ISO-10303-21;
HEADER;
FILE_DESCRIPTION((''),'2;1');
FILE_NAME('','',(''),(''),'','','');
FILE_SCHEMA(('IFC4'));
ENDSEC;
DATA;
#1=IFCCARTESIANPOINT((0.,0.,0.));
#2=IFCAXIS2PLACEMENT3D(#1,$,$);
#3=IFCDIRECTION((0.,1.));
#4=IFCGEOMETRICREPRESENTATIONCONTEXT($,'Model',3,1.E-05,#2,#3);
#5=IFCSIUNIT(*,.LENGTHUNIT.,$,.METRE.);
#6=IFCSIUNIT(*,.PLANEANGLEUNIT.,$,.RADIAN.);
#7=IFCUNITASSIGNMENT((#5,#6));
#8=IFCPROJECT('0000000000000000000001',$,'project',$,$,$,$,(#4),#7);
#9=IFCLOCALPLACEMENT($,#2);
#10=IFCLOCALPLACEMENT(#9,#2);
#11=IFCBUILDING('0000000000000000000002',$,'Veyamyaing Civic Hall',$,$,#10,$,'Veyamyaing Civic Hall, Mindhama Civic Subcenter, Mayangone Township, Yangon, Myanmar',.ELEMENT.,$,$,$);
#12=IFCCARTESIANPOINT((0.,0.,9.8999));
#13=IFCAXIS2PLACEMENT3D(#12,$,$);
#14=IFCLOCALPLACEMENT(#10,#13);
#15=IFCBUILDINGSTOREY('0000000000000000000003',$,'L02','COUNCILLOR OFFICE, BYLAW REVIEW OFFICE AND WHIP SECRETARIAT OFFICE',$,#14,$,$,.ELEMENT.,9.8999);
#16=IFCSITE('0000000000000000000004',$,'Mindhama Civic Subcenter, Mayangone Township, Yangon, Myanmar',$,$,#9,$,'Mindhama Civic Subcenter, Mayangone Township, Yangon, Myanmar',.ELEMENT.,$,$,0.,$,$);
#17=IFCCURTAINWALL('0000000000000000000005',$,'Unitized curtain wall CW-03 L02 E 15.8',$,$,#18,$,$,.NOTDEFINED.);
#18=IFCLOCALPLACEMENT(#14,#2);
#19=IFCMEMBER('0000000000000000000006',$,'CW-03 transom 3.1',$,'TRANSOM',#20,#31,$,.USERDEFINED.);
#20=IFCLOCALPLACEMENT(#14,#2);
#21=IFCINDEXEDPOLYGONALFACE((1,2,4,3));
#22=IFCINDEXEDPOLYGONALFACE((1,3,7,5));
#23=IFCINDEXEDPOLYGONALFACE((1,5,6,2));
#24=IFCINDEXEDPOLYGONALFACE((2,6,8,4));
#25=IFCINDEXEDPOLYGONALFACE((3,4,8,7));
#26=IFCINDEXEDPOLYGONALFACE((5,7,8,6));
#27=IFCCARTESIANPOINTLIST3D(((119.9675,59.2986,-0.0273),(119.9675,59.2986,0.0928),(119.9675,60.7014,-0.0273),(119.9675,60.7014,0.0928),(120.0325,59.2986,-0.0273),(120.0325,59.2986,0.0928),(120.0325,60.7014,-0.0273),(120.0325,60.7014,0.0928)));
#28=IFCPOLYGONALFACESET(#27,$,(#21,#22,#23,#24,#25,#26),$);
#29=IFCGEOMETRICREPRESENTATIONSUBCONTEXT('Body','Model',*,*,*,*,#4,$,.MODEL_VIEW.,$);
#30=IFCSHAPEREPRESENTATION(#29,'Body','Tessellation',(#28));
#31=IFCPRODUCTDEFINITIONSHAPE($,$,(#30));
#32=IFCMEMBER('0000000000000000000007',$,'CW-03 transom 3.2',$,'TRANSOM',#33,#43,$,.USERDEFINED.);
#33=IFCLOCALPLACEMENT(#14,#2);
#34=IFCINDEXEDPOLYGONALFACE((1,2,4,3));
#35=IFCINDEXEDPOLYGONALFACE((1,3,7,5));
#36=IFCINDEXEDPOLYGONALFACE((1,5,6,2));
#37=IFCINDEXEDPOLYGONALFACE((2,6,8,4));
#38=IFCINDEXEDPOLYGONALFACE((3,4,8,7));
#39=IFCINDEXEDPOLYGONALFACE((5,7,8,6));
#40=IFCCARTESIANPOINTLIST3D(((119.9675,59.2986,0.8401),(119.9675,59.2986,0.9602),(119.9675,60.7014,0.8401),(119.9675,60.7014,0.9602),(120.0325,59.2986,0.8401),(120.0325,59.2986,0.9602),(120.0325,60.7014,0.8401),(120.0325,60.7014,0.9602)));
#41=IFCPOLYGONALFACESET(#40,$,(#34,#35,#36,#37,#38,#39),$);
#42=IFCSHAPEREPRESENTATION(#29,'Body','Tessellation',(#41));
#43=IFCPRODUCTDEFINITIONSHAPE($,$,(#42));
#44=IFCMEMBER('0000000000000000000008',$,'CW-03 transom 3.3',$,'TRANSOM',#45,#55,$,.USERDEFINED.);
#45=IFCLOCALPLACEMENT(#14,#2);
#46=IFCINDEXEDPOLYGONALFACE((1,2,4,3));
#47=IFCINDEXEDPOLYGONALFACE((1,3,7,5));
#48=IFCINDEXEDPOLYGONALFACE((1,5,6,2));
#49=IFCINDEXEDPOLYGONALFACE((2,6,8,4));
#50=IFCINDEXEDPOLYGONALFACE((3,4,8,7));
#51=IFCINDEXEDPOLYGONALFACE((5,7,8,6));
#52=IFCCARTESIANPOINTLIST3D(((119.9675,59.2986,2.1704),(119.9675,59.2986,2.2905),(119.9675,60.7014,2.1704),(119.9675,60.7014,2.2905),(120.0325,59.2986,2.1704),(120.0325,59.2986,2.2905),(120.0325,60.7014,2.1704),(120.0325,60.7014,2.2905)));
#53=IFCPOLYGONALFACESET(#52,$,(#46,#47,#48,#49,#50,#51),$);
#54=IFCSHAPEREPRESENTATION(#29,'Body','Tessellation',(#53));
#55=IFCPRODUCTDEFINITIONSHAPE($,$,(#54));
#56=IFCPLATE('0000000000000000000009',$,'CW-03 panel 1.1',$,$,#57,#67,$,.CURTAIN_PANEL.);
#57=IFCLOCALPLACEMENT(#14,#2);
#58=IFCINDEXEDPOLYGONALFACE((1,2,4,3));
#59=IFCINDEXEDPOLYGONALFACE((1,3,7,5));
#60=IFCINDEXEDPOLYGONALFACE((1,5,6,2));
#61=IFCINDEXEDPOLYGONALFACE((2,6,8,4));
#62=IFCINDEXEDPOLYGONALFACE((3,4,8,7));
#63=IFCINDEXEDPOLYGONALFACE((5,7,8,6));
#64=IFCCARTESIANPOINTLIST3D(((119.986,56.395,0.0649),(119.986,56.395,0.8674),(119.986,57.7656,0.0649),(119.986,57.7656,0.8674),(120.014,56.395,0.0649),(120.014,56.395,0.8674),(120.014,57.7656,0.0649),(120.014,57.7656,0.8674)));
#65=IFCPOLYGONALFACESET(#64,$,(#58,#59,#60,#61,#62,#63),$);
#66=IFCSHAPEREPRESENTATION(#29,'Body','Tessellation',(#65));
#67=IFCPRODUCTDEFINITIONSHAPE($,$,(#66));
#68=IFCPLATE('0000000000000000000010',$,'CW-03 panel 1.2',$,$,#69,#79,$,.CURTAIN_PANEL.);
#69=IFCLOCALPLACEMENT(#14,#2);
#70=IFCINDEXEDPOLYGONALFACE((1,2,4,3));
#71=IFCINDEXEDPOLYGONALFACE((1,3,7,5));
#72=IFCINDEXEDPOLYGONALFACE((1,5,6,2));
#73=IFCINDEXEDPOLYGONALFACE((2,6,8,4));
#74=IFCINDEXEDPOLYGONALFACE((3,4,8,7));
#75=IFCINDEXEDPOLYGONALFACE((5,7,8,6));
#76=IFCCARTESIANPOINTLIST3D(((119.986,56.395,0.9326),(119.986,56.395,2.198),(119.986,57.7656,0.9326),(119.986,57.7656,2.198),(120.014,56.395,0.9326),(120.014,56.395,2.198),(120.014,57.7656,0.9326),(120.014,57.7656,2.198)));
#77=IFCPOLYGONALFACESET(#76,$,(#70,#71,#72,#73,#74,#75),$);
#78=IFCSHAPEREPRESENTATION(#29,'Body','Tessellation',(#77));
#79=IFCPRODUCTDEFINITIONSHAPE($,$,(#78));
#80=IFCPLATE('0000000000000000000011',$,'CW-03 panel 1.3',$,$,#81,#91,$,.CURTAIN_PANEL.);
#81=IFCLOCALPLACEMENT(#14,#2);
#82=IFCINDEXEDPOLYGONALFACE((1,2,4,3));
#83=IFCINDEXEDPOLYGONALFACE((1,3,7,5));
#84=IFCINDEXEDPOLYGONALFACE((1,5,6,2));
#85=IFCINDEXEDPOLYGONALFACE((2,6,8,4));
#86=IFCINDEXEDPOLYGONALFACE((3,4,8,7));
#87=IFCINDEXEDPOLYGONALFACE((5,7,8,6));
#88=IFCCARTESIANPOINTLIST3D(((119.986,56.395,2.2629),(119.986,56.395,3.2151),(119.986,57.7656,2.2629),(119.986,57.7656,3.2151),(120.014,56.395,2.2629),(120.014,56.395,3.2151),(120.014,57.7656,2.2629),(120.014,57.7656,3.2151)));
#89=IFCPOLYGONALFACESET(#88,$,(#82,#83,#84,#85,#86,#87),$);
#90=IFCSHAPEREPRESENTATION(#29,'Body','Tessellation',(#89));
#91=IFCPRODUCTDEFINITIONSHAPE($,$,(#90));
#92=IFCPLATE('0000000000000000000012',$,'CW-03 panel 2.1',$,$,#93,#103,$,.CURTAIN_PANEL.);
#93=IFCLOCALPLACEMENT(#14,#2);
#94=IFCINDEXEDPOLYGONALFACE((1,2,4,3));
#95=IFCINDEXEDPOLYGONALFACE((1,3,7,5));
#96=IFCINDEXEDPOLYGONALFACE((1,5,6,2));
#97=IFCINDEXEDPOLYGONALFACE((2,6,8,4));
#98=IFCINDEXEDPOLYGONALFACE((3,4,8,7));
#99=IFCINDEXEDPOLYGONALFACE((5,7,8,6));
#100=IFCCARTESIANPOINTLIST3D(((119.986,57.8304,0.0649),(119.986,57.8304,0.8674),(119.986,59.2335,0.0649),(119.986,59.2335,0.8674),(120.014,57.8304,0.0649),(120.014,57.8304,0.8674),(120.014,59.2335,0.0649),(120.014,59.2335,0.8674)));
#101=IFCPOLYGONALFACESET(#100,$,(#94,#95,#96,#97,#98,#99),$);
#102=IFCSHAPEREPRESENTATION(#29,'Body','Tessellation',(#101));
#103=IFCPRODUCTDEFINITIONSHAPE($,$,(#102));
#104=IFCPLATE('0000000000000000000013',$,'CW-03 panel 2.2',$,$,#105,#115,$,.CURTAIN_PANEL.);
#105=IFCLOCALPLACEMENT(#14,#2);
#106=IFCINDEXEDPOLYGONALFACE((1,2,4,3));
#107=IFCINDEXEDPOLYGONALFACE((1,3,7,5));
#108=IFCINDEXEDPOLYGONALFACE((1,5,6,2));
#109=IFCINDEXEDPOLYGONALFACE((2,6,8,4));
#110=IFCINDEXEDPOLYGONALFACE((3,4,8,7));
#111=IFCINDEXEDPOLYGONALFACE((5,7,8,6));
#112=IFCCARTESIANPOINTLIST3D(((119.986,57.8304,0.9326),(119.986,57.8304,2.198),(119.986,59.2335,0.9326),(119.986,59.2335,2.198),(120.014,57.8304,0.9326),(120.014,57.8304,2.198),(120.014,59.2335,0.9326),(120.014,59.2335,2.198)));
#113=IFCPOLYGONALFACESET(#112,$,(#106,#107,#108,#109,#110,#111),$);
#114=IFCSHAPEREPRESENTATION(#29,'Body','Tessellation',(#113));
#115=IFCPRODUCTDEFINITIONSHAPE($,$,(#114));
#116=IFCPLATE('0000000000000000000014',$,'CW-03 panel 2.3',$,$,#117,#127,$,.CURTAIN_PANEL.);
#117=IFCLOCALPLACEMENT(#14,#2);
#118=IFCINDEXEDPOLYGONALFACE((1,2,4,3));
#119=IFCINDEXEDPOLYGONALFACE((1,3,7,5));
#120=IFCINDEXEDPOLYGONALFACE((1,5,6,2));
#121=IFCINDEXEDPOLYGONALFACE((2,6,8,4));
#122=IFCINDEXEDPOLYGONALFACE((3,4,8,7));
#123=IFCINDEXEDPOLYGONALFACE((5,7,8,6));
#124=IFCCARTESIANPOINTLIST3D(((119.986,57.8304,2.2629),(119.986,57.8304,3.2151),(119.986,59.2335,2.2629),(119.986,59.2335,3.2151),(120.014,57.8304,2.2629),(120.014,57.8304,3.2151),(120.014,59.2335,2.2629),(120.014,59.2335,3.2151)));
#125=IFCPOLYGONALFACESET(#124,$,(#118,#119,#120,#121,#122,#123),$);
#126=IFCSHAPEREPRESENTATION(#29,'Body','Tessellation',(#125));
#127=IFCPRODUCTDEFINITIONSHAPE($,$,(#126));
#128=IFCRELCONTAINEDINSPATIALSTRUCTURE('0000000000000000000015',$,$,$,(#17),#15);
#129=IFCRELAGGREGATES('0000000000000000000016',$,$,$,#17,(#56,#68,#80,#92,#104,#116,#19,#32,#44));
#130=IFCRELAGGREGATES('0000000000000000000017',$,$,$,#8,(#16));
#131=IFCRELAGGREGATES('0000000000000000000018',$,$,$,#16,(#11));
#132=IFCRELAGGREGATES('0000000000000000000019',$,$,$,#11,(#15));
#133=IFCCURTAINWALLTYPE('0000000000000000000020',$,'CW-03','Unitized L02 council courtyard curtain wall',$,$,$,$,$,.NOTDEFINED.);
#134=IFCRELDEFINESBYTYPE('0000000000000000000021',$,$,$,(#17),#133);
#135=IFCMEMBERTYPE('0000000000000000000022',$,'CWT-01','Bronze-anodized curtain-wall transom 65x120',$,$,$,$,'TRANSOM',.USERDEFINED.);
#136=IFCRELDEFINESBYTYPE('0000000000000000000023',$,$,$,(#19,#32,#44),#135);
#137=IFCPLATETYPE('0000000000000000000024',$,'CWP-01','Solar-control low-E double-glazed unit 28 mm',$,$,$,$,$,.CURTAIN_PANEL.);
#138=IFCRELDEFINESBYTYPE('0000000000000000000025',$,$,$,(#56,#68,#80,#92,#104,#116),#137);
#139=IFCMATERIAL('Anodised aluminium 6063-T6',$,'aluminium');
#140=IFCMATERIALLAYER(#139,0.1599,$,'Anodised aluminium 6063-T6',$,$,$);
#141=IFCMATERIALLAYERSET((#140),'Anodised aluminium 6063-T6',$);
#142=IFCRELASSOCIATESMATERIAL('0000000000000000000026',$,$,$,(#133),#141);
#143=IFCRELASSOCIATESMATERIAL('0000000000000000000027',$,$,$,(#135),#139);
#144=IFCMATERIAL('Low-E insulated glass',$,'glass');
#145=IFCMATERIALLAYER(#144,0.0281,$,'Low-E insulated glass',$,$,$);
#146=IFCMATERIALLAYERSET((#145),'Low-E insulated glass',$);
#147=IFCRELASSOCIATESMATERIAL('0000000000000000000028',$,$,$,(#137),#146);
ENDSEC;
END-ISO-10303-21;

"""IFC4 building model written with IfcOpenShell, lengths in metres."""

from ifc_helpers import new_model, si_unit, direction, frame, origin, origin_2d, place, context, subcontext, project, spatial, rectangle, extrude, material, layer, layer_set, material_profile, profile_set, type_object, element, aggregate, save


model = new_model("IFC4")

# Units and contexts
model_context = context("Model", 3, precision=1e-05, world=origin(), true_north=direction((0.0, 1.0)))
body_context = subcontext(model_context, "Body", "Model", "MODEL_VIEW")
ifc_project = project(units=[si_unit("LENGTHUNIT", "METRE"), si_unit("PLANEANGLEUNIT", "RADIAN")], contexts=[model_context])

# Site, building, storey
site_placement = place(None, origin())
site = spatial("IfcSite", under=ifc_project, at=site_placement, Name="Mindhama Civic Subcenter, Mayangone Township, Yangon, Myanmar", LongName="Mindhama Civic Subcenter, Mayangone Township, Yangon, Myanmar", CompositionType="ELEMENT", RefElevation=0.0)
building_placement = place(site_placement, origin())
building = spatial("IfcBuilding", under=site, at=building_placement, Name="Veyamyaing Civic Hall", LongName="Veyamyaing Civic Hall, Mindhama Civic Subcenter, Mayangone Township, Yangon, Myanmar", CompositionType="ELEMENT")
storey_placement = place(building_placement, frame((0.0, 0.0, 9.8999)))
storey = spatial("IfcBuildingStorey", under=building, at=storey_placement, Name="L02", Description="COUNCILLOR OFFICE, BYLAW REVIEW OFFICE AND WHIP SECRETARIAT OFFICE", CompositionType="ELEMENT", Elevation=9.8999)

# Curtain wall, members, plates
ifc_material_1 = material(Name="Anodised aluminium 6063-T6", Category="aluminium")
ifc_layer_1 = layer(ifc_material_1, 0.1599, Name="Anodised aluminium 6063-T6")
ifc_layer_set_1 = layer_set([ifc_layer_1], Name="Anodised aluminium 6063-T6")
curtain_wall_type = type_object("IfcCurtainWallType", Name="CW-03", Description="Unitized L02 council courtyard curtain wall", PredefinedType="NOTDEFINED", material=ifc_layer_set_1)
curtain_wall_placement = place(storey_placement, origin())
curtain_wall = element("IfcCurtainWall", 1, at=curtain_wall_placement, inside=storey, type_object=curtain_wall_type, Name="Unitized curtain wall CW-03 L02 E 15.8", PredefinedType="NOTDEFINED")
ifc_material_profile_1 = material_profile(ifc_material_1, rectangle(XDim=0.0649, YDim=0.1201, at=origin_2d()), Name="ALU-TRN-65X120")
ifc_profile_set_1 = profile_set([ifc_material_profile_1], Name="Anodised aluminium 6063-T6")
member_type_1 = type_object("IfcMemberType", Name="CWT-01", Description="Bronze-anodized curtain-wall transom 65x120", ElementType="TRANSOM", PredefinedType="USERDEFINED", material=ifc_profile_set_1)
member_1_placement = place(storey_placement, frame((120.0, 59.2986, 0.0327), z_axis=(0.0, 1.0, 0.0), x_axis=(-1.0, 0.0, 0.0)))
member_1 = element("IfcMember", 2, at=member_1_placement, type_object=member_type_1, Name="CW-03 transom 3.1", ObjectType="TRANSOM", PredefinedType="USERDEFINED", context=body_context, shape_type="SweptSolid", body=[
    extrude(rectangle(XDim=0.0649, YDim=0.1201, at=origin_2d()), origin(), (0.0, 0.0, 1.0), 1.4028),
])
member_2_placement = place(storey_placement, frame((120.0, 59.2986, 0.9001), z_axis=(0.0, 1.0, 0.0), x_axis=(-1.0, 0.0, 0.0)))
member_2 = element("IfcMember", 3, at=member_2_placement, type_object=member_type_1, Name="CW-03 transom 3.2", ObjectType="TRANSOM", PredefinedType="USERDEFINED", context=body_context, shape_type="SweptSolid", body=[
    extrude(rectangle(XDim=0.0649, YDim=0.1201, at=origin_2d()), origin(), (0.0, 0.0, 1.0), 1.4028),
])
member_3_placement = place(storey_placement, frame((120.0, 59.2986, 2.2305), z_axis=(0.0, 1.0, 0.0), x_axis=(-1.0, 0.0, 0.0)))
member_3 = element("IfcMember", 4, at=member_3_placement, type_object=member_type_1, Name="CW-03 transom 3.3", ObjectType="TRANSOM", PredefinedType="USERDEFINED", context=body_context, shape_type="SweptSolid", body=[
    extrude(rectangle(XDim=0.0649, YDim=0.1201, at=origin_2d()), origin(), (0.0, 0.0, 1.0), 1.4028),
])
ifc_material_2 = material(Name="Low-E insulated glass", Category="glass")
ifc_layer_2 = layer(ifc_material_2, 0.0281, Name="Low-E insulated glass")
ifc_layer_set_2 = layer_set([ifc_layer_2], Name="Low-E insulated glass")
plate_type = type_object("IfcPlateType", Name="CWP-01", Description="Solar-control low-E double-glazed unit 28 mm", PredefinedType="CURTAIN_PANEL", material=ifc_layer_set_2)
plate_1_placement = place(storey_placement, frame((120.0, 57.0803, 0.0649), z_axis=(0.0, 0.0, 1.0), x_axis=(0.0, 1.0, 0.0)))
plate_1 = element("IfcPlate", 5, at=plate_1_placement, type_object=plate_type, Name="CW-03 panel 1.1", PredefinedType="CURTAIN_PANEL", context=body_context, shape_type="SweptSolid", body=[
    extrude(rectangle(XDim=1.3706, YDim=0.0281, at=origin_2d()), origin(), (0.0, 0.0, 1.0), 0.8025),
])
plate_2_placement = place(storey_placement, frame((120.0, 57.0803, 0.9326), z_axis=(0.0, 0.0, 1.0), x_axis=(0.0, 1.0, 0.0)))
plate_2 = element("IfcPlate", 6, at=plate_2_placement, type_object=plate_type, Name="CW-03 panel 1.2", PredefinedType="CURTAIN_PANEL", context=body_context, shape_type="SweptSolid", body=[
    extrude(rectangle(XDim=1.3706, YDim=0.0281, at=origin_2d()), origin(), (0.0, 0.0, 1.0), 1.2654),
])
plate_3_placement = place(storey_placement, frame((120.0, 57.0803, 2.2629), z_axis=(0.0, 0.0, 1.0), x_axis=(0.0, 1.0, 0.0)))
plate_3 = element("IfcPlate", 7, at=plate_3_placement, type_object=plate_type, Name="CW-03 panel 1.3", PredefinedType="CURTAIN_PANEL", context=body_context, shape_type="SweptSolid", body=[
    extrude(rectangle(XDim=1.3706, YDim=0.0281, at=origin_2d()), origin(), (0.0, 0.0, 1.0), 0.9521),
])
plate_4_placement = place(storey_placement, frame((120.0, 58.532, 0.0649), z_axis=(0.0, 0.0, 1.0), x_axis=(0.0, 1.0, 0.0)))
plate_4 = element("IfcPlate", 8, at=plate_4_placement, type_object=plate_type, Name="CW-03 panel 2.1", PredefinedType="CURTAIN_PANEL", context=body_context, shape_type="SweptSolid", body=[
    extrude(rectangle(XDim=1.4031, YDim=0.0281, at=origin_2d()), origin(), (0.0, 0.0, 1.0), 0.8025),
])
plate_5_placement = place(storey_placement, frame((120.0, 58.532, 0.9326), z_axis=(0.0, 0.0, 1.0), x_axis=(0.0, 1.0, 0.0)))
plate_5 = element("IfcPlate", 9, at=plate_5_placement, type_object=plate_type, Name="CW-03 panel 2.2", PredefinedType="CURTAIN_PANEL", context=body_context, shape_type="SweptSolid", body=[
    extrude(rectangle(XDim=1.4031, YDim=0.0281, at=origin_2d()), origin(), (0.0, 0.0, 1.0), 1.2654),
])
plate_6_placement = place(storey_placement, frame((120.0, 58.532, 2.2629), z_axis=(0.0, 0.0, 1.0), x_axis=(0.0, 1.0, 0.0)))
plate_6 = element("IfcPlate", 10, at=plate_6_placement, type_object=plate_type, Name="CW-03 panel 2.3", PredefinedType="CURTAIN_PANEL", context=body_context, shape_type="SweptSolid", body=[
    extrude(rectangle(XDim=1.4031, YDim=0.0281, at=origin_2d()), origin(), (0.0, 0.0, 1.0), 0.9521),
])
aggregate(curtain_wall, [plate_1, plate_2, plate_3, plate_4, plate_5, plate_6, member_1, member_2, member_3])

save(model, "model.ifc")
